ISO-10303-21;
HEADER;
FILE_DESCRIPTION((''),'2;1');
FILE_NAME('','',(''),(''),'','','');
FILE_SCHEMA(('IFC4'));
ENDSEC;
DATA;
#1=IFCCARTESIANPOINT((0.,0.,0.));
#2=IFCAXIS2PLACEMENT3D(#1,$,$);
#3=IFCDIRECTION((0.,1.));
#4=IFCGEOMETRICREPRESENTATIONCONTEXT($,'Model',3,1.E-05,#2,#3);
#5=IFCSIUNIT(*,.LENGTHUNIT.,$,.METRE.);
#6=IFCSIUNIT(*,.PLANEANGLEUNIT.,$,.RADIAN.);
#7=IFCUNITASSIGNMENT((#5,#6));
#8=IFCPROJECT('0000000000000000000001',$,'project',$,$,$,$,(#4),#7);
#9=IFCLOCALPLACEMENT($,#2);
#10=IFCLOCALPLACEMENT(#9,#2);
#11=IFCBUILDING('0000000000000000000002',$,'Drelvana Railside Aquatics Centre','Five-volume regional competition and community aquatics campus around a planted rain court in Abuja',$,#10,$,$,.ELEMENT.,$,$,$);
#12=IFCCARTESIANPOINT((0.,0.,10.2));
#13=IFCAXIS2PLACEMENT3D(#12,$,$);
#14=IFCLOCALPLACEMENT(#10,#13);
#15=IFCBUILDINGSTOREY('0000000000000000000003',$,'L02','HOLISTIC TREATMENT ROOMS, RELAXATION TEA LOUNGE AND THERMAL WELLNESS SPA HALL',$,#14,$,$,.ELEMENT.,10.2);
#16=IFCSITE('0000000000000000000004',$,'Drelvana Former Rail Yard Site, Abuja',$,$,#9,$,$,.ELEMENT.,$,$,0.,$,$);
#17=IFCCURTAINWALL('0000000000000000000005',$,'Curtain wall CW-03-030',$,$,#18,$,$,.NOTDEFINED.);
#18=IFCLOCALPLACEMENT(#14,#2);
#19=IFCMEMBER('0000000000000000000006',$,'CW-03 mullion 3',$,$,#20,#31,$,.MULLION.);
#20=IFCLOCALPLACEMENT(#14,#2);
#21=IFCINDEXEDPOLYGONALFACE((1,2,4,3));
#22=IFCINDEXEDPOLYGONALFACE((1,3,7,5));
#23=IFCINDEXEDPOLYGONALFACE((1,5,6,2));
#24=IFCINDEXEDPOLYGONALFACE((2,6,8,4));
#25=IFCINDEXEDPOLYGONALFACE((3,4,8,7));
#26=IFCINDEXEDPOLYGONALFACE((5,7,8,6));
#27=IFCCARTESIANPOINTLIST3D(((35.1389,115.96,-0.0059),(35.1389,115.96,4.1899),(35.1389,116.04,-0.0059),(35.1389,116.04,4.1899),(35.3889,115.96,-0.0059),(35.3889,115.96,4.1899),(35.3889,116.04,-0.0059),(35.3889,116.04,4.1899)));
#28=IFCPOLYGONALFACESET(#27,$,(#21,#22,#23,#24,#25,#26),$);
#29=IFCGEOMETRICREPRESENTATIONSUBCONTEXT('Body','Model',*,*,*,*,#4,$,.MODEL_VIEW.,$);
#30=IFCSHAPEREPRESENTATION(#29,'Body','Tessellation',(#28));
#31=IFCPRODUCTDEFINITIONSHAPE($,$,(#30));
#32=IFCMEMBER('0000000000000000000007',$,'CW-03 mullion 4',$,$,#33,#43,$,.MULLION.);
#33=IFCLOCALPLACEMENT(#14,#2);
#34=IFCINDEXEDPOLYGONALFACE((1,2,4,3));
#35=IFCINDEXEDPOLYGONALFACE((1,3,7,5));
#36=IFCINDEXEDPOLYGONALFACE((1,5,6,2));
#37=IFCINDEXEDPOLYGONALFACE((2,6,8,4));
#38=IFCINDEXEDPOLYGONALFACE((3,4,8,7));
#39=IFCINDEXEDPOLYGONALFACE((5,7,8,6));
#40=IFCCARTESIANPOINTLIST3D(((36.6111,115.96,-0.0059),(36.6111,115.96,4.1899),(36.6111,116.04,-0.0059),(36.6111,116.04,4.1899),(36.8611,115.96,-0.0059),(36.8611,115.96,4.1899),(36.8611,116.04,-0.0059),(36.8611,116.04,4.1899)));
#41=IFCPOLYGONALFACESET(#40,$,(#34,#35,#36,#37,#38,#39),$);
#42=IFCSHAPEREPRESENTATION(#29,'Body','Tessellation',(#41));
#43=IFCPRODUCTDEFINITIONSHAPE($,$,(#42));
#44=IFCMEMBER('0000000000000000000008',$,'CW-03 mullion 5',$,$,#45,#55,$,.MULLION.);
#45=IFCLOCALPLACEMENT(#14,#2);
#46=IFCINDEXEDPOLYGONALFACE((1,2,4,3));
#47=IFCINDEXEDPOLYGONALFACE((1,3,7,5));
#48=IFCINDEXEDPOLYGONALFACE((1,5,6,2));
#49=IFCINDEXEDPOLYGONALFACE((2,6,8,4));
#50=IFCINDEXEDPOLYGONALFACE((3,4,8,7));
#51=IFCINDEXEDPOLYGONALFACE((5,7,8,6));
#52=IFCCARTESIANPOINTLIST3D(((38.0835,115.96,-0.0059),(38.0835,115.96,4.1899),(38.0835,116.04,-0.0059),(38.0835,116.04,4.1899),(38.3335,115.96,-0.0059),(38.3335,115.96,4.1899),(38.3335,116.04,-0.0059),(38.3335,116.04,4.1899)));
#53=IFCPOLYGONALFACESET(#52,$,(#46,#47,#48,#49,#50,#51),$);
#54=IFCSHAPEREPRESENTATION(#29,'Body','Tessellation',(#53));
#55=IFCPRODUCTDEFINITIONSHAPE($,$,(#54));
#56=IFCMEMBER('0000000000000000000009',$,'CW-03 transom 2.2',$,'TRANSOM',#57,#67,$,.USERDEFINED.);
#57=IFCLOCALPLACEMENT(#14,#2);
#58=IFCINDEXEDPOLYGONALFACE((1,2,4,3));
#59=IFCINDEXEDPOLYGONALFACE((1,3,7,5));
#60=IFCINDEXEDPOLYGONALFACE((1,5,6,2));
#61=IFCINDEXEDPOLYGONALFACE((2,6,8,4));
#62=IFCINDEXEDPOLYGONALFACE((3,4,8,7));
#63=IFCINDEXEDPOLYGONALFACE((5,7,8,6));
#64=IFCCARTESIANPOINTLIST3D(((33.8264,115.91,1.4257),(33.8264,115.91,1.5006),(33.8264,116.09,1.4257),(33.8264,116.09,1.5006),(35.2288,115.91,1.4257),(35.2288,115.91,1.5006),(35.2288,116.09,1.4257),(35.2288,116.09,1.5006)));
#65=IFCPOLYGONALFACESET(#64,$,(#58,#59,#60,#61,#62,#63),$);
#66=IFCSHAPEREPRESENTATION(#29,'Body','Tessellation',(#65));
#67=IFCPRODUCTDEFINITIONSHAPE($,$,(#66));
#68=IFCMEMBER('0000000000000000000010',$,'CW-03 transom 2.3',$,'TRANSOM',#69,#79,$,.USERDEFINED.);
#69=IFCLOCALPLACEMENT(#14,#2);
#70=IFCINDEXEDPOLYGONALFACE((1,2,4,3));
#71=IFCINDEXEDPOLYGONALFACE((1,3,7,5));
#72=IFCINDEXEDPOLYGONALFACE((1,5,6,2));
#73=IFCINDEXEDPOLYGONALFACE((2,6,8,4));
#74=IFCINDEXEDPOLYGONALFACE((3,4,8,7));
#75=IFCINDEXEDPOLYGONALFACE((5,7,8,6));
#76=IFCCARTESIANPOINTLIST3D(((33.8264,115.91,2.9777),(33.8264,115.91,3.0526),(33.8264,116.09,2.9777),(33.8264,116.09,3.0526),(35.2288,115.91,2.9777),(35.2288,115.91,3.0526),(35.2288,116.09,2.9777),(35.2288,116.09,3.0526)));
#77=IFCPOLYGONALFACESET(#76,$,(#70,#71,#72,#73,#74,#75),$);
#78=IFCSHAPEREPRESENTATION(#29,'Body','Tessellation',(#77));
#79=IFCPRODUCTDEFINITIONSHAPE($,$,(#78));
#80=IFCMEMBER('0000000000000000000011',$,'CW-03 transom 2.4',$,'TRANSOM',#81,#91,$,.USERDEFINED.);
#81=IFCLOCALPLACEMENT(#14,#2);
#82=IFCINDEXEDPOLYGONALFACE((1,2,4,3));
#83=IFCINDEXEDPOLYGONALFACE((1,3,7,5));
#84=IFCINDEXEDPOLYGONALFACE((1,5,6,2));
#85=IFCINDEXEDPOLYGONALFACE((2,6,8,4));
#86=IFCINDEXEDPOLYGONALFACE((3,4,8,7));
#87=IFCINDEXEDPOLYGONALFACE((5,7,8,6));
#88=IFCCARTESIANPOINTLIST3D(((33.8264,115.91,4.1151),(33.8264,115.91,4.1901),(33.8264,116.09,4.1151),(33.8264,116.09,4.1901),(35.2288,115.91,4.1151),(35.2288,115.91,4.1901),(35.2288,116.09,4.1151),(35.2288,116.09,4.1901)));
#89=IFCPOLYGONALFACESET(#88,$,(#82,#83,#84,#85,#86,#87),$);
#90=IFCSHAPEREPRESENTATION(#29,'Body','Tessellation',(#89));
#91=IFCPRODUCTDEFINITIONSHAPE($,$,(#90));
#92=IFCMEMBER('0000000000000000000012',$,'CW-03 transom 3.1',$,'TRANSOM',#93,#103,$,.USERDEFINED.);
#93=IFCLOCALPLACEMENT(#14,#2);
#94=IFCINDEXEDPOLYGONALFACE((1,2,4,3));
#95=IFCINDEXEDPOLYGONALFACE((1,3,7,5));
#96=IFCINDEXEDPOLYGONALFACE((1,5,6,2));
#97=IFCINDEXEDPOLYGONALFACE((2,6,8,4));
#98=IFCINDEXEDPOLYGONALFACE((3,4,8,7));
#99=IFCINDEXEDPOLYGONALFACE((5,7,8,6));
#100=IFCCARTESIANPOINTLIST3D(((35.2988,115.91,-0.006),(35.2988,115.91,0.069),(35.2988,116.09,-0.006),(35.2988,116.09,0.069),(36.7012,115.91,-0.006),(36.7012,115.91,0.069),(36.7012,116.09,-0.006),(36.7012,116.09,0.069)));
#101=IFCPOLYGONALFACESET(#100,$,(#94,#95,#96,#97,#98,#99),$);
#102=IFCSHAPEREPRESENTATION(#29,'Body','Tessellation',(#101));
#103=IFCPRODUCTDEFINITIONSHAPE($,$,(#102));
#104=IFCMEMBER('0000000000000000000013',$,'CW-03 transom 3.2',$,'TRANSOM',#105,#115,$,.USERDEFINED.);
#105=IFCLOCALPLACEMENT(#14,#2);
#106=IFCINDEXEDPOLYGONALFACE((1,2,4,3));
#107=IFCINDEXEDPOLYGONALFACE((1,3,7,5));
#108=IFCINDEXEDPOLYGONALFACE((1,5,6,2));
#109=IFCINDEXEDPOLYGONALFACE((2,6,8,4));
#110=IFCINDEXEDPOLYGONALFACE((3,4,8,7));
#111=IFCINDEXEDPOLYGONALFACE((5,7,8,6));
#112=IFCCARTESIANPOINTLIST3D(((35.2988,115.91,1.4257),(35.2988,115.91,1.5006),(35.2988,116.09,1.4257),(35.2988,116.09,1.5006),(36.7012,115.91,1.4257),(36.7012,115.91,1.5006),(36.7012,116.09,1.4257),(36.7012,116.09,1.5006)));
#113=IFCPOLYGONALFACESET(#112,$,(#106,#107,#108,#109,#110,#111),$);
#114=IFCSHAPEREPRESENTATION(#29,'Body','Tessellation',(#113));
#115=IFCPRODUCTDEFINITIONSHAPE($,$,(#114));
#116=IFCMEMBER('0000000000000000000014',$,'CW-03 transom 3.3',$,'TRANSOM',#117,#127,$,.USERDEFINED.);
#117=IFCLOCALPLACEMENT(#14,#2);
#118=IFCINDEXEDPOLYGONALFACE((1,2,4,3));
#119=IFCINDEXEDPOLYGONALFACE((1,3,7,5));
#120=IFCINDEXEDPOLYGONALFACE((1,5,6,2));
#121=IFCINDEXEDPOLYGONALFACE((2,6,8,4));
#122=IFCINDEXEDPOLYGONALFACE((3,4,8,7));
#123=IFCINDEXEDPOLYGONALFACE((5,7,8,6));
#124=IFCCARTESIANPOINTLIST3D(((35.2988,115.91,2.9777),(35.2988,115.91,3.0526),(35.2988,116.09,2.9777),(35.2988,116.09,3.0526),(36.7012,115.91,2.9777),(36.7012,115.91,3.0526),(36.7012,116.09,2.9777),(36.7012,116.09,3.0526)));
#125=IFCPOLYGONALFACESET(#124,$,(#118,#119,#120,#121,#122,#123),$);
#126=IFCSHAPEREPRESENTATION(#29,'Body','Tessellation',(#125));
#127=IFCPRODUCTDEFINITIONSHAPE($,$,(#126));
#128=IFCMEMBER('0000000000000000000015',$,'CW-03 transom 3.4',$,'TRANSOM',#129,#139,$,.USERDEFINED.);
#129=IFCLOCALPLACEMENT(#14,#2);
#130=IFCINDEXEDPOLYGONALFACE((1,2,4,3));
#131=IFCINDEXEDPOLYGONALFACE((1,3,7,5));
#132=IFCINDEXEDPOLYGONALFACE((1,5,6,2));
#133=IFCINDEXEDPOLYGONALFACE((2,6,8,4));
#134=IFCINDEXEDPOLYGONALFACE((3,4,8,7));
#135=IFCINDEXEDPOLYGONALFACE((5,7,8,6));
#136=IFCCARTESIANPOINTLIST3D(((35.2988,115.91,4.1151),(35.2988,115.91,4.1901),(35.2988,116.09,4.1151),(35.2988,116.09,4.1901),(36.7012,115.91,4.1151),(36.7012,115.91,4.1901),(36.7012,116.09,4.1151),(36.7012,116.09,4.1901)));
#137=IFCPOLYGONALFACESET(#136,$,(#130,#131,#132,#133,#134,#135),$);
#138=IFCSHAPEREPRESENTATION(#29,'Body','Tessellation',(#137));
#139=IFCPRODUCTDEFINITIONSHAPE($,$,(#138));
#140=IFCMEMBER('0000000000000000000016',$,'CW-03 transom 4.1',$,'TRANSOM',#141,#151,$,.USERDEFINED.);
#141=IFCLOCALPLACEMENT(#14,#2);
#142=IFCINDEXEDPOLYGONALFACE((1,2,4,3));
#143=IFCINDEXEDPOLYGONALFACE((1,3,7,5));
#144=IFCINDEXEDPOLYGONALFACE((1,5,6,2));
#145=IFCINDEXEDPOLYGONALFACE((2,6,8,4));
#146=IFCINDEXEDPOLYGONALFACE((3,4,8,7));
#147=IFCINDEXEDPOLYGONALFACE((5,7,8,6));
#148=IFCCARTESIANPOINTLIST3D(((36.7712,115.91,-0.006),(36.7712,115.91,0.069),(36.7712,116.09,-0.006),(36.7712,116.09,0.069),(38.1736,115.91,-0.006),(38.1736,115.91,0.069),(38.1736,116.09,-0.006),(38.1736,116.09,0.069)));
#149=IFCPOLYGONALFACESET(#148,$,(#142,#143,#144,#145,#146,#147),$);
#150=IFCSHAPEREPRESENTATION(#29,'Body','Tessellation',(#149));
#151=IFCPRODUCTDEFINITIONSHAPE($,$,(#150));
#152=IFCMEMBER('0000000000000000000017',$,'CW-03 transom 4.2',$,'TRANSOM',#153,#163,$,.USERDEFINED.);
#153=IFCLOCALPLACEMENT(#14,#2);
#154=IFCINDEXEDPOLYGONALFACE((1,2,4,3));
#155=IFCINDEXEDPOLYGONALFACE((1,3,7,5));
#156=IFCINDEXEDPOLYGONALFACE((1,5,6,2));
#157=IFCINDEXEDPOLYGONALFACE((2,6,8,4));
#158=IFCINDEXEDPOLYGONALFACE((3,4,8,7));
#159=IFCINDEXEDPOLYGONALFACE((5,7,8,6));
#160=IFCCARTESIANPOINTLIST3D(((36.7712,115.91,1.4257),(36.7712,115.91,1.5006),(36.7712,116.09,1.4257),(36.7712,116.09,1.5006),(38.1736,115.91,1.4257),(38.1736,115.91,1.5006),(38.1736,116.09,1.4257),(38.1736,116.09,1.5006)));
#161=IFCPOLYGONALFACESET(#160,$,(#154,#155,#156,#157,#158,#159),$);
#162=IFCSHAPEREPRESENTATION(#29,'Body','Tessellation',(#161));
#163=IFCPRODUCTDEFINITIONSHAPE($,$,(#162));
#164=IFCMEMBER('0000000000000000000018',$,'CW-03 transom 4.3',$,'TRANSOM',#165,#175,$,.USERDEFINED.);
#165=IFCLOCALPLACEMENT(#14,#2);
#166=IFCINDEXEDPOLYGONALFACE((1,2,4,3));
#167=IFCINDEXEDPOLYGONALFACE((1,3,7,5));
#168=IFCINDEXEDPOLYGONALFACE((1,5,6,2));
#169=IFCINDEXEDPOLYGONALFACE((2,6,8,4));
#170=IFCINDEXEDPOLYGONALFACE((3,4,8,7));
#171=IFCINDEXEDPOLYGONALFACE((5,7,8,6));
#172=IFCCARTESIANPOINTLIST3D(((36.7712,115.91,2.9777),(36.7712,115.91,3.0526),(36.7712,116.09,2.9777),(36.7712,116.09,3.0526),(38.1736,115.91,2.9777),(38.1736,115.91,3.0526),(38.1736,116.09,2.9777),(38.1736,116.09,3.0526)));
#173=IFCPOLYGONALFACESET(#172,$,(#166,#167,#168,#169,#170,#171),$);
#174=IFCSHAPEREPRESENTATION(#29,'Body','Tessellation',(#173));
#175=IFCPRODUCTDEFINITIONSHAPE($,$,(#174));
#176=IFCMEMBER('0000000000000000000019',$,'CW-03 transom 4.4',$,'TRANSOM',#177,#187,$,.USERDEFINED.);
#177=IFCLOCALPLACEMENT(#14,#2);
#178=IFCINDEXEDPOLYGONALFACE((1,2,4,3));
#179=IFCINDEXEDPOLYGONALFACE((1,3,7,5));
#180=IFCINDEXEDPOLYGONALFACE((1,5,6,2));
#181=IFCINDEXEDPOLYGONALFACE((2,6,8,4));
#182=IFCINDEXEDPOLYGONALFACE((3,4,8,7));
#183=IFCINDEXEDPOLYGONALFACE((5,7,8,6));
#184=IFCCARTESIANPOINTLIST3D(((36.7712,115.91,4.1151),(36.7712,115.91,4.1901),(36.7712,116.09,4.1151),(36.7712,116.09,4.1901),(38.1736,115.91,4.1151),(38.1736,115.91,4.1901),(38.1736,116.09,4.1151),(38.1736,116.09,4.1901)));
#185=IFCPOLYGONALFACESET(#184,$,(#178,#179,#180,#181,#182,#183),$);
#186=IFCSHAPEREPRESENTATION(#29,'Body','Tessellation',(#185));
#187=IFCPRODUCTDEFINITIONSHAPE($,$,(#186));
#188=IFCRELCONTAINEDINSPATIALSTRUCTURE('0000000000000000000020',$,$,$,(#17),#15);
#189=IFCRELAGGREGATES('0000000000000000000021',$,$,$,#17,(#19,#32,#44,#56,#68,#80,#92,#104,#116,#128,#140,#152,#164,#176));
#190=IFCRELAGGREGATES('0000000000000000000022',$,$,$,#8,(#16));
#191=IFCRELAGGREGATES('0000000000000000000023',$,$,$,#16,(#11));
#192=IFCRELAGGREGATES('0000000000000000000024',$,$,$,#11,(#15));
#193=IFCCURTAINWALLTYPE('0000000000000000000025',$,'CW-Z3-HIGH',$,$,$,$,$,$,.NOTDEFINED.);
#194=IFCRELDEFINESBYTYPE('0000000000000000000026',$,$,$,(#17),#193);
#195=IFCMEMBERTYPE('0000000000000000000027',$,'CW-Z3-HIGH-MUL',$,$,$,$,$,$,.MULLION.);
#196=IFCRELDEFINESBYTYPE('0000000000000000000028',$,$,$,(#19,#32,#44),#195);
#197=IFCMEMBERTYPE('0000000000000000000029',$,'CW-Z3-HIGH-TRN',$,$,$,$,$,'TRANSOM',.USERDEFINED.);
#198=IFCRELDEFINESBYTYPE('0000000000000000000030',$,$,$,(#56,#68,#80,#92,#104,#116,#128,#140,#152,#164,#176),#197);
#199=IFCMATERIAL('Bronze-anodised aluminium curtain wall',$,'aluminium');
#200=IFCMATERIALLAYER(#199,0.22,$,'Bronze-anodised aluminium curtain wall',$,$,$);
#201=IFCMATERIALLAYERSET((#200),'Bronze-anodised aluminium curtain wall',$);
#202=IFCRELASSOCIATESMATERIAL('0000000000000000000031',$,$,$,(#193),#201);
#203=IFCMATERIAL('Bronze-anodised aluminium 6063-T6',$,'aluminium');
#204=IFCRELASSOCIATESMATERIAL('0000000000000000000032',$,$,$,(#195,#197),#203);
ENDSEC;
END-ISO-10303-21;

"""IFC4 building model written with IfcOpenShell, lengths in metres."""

from ifc_helpers import new_model, si_unit, direction, frame, origin, origin_2d, place, context, subcontext, project, spatial, rectangle, extrude, material, layer, layer_set, material_profile, profile_set, type_object, element, aggregate, save


model = new_model("IFC4")

# Units and contexts
model_context = context("Model", 3, precision=1e-05, world=origin(), true_north=direction((0.0, 1.0)))
body_context = subcontext(model_context, "Body", "Model", "MODEL_VIEW")
ifc_project = project(units=[si_unit("LENGTHUNIT", "METRE"), si_unit("PLANEANGLEUNIT", "RADIAN")], contexts=[model_context])

# Site, building, storey
site_placement = place(None, origin())
site = spatial("IfcSite", under=ifc_project, at=site_placement, Name="Drelvana Former Rail Yard Site, Abuja", CompositionType="ELEMENT", RefElevation=0.0)
building_placement = place(site_placement, origin())
building = spatial("IfcBuilding", under=site, at=building_placement, Name="Drelvana Railside Aquatics Centre", Description="Five-volume regional competition and community aquatics campus around a planted rain court in Abuja", CompositionType="ELEMENT")
storey_placement = place(building_placement, frame((0.0, 0.0, 10.2)))
storey = spatial("IfcBuildingStorey", under=building, at=storey_placement, Name="L02", Description="HOLISTIC TREATMENT ROOMS, RELAXATION TEA LOUNGE AND THERMAL WELLNESS SPA HALL", CompositionType="ELEMENT", Elevation=10.2)

# Curtain wall, members
ifc_material_1 = material(Name="Bronze-anodised aluminium curtain wall", Category="aluminium")
ifc_layer_1 = layer(ifc_material_1, 0.22, Name="Bronze-anodised aluminium curtain wall")
ifc_layer_set_1 = layer_set([ifc_layer_1], Name="Bronze-anodised aluminium curtain wall")
curtain_wall_type = type_object("IfcCurtainWallType", Name="CW-Z3-HIGH", PredefinedType="NOTDEFINED", material=ifc_layer_set_1)
curtain_wall_placement = place(storey_placement, origin())
curtain_wall = element("IfcCurtainWall", 1, at=curtain_wall_placement, inside=storey, type_object=curtain_wall_type, Name="Curtain wall CW-03-030", PredefinedType="NOTDEFINED")
ifc_material_2 = material(Name="Bronze-anodised aluminium 6063-T6", Category="aluminium")
ifc_material_profile_1 = material_profile(ifc_material_2, rectangle(XDim=0.0801, YDim=0.25, at=origin_2d()), Name="ALU-M 80x250")
ifc_profile_set_1 = profile_set([ifc_material_profile_1], Name="Bronze-anodised aluminium 6063-T6")
member_type_1 = type_object("IfcMemberType", Name="CW-Z3-HIGH-MUL", PredefinedType="MULLION", material=ifc_profile_set_1)
member_1_placement = place(storey_placement, frame((35.2639, 116.0, -0.0059), z_axis=(0.0, 0.0, 1.0), x_axis=(0.0, 1.0, 0.0)))
member_1 = element("IfcMember", 2, at=member_1_placement, type_object=member_type_1, Name="CW-03 mullion 3", PredefinedType="MULLION", context=body_context, shape_type="SweptSolid", body=[
    extrude(rectangle(XDim=0.0801, YDim=0.25, at=origin_2d()), origin(), (0.0, 0.0, 1.0), 4.1958),
])
member_2_placement = place(storey_placement, frame((36.7361, 116.0, -0.0059), z_axis=(0.0, 0.0, 1.0), x_axis=(0.0, 1.0, 0.0)))
member_2 = element("IfcMember", 3, at=member_2_placement, type_object=member_type_1, Name="CW-03 mullion 4", PredefinedType="MULLION", context=body_context, shape_type="SweptSolid", body=[
    extrude(rectangle(XDim=0.0801, YDim=0.25, at=origin_2d()), origin(), (0.0, 0.0, 1.0), 4.1958),
])
member_3_placement = place(storey_placement, frame((38.2085, 116.0, -0.0059), z_axis=(0.0, 0.0, 1.0), x_axis=(0.0, 1.0, 0.0)))
member_3 = element("IfcMember", 4, at=member_3_placement, type_object=member_type_1, Name="CW-03 mullion 5", PredefinedType="MULLION", context=body_context, shape_type="SweptSolid", body=[
    extrude(rectangle(XDim=0.0801, YDim=0.25, at=origin_2d()), origin(), (0.0, 0.0, 1.0), 4.1958),
])
ifc_material_profile_2 = material_profile(ifc_material_2, rectangle(XDim=0.1799, YDim=0.075, at=origin_2d()), Name="ALU-T 75x180")
ifc_profile_set_2 = profile_set([ifc_material_profile_2], Name="Bronze-anodised aluminium 6063-T6")
member_type_2 = type_object("IfcMemberType", Name="CW-Z3-HIGH-TRN", ElementType="TRANSOM", PredefinedType="USERDEFINED", material=ifc_profile_set_2)
member_4_placement = place(storey_placement, frame((33.8264, 116.0, 1.4631), z_axis=(1.0, 0.0, 0.0), x_axis=(0.0, 1.0, 0.0)))
member_4 = element("IfcMember", 5, at=member_4_placement, type_object=member_type_2, Name="CW-03 transom 2.2", ObjectType="TRANSOM", PredefinedType="USERDEFINED", context=body_context, shape_type="SweptSolid", body=[
    extrude(rectangle(XDim=0.1799, YDim=0.075, at=origin_2d()), origin(), (0.0, 0.0, 1.0), 1.4023),
])
member_5_placement = place(storey_placement, frame((33.8264, 116.0, 3.0151), z_axis=(1.0, 0.0, 0.0), x_axis=(0.0, 1.0, 0.0)))
member_5 = element("IfcMember", 6, at=member_5_placement, type_object=member_type_2, Name="CW-03 transom 2.3", ObjectType="TRANSOM", PredefinedType="USERDEFINED", context=body_context, shape_type="SweptSolid", body=[
    extrude(rectangle(XDim=0.1799, YDim=0.075, at=origin_2d()), origin(), (0.0, 0.0, 1.0), 1.4023),
])
member_6_placement = place(storey_placement, frame((33.8264, 116.0, 4.1526), z_axis=(1.0, 0.0, 0.0), x_axis=(0.0, 1.0, 0.0)))
member_6 = element("IfcMember", 7, at=member_6_placement, type_object=member_type_2, Name="CW-03 transom 2.4", ObjectType="TRANSOM", PredefinedType="USERDEFINED", context=body_context, shape_type="SweptSolid", body=[
    extrude(rectangle(XDim=0.1799, YDim=0.075, at=origin_2d()), origin(), (0.0, 0.0, 1.0), 1.4023),
])
member_7_placement = place(storey_placement, frame((35.2988, 116.0, 0.0315), z_axis=(1.0, 0.0, 0.0), x_axis=(0.0, 1.0, 0.0)))
member_7 = element("IfcMember", 8, at=member_7_placement, type_object=member_type_2, Name="CW-03 transom 3.1", ObjectType="TRANSOM", PredefinedType="USERDEFINED", context=body_context, shape_type="SweptSolid", body=[
    extrude(rectangle(XDim=0.1799, YDim=0.075, at=origin_2d()), origin(), (0.0, 0.0, 1.0), 1.4023),
])
member_8_placement = place(storey_placement, frame((35.2988, 116.0, 1.4631), z_axis=(1.0, 0.0, 0.0), x_axis=(0.0, 1.0, 0.0)))
member_8 = element("IfcMember", 9, at=member_8_placement, type_object=member_type_2, Name="CW-03 transom 3.2", ObjectType="TRANSOM", PredefinedType="USERDEFINED", context=body_context, shape_type="SweptSolid", body=[
    extrude(rectangle(XDim=0.1799, YDim=0.075, at=origin_2d()), origin(), (0.0, 0.0, 1.0), 1.4023),
])
member_9_placement = place(storey_placement, frame((35.2988, 116.0, 3.0151), z_axis=(1.0, 0.0, 0.0), x_axis=(0.0, 1.0, 0.0)))
member_9 = element("IfcMember", 10, at=member_9_placement, type_object=member_type_2, Name="CW-03 transom 3.3", ObjectType="TRANSOM", PredefinedType="USERDEFINED", context=body_context, shape_type="SweptSolid", body=[
    extrude(rectangle(XDim=0.1799, YDim=0.075, at=origin_2d()), origin(), (0.0, 0.0, 1.0), 1.4023),
])
member_10_placement = place(storey_placement, frame((35.2988, 116.0, 4.1526), z_axis=(1.0, 0.0, 0.0), x_axis=(0.0, 1.0, 0.0)))
member_10 = element("IfcMember", 11, at=member_10_placement, type_object=member_type_2, Name="CW-03 transom 3.4", ObjectType="TRANSOM", PredefinedType="USERDEFINED", context=body_context, shape_type="SweptSolid", body=[
    extrude(rectangle(XDim=0.1799, YDim=0.075, at=origin_2d()), origin(), (0.0, 0.0, 1.0), 1.4023),
])
member_11_placement = place(storey_placement, frame((36.7712, 116.0, 0.0315), z_axis=(1.0, 0.0, 0.0), x_axis=(0.0, 1.0, 0.0)))
member_11 = element("IfcMember", 12, at=member_11_placement, type_object=member_type_2, Name="CW-03 transom 4.1", ObjectType="TRANSOM", PredefinedType="USERDEFINED", context=body_context, shape_type="SweptSolid", body=[
    extrude(rectangle(XDim=0.1799, YDim=0.075, at=origin_2d()), origin(), (0.0, 0.0, 1.0), 1.4023),
])
member_12_placement = place(storey_placement, frame((36.7712, 116.0, 1.4631), z_axis=(1.0, 0.0, 0.0), x_axis=(0.0, 1.0, 0.0)))
member_12 = element("IfcMember", 13, at=member_12_placement, type_object=member_type_2, Name="CW-03 transom 4.2", ObjectType="TRANSOM", PredefinedType="USERDEFINED", context=body_context, shape_type="SweptSolid", body=[
    extrude(rectangle(XDim=0.1799, YDim=0.075, at=origin_2d()), origin(), (0.0, 0.0, 1.0), 1.4023),
])
member_13_placement = place(storey_placement, frame((36.7712, 116.0, 3.0151), z_axis=(1.0, 0.0, 0.0), x_axis=(0.0, 1.0, 0.0)))
member_13 = element("IfcMember", 14, at=member_13_placement, type_object=member_type_2, Name="CW-03 transom 4.3", ObjectType="TRANSOM", PredefinedType="USERDEFINED", context=body_context, shape_type="SweptSolid", body=[
    extrude(rectangle(XDim=0.1799, YDim=0.075, at=origin_2d()), origin(), (0.0, 0.0, 1.0), 1.4023),
])
member_14_placement = place(storey_placement, frame((36.7712, 116.0, 4.1526), z_axis=(1.0, 0.0, 0.0), x_axis=(0.0, 1.0, 0.0)))
member_14 = element("IfcMember", 15, at=member_14_placement, type_object=member_type_2, Name="CW-03 transom 4.4", ObjectType="TRANSOM", PredefinedType="USERDEFINED", context=body_context, shape_type="SweptSolid", body=[
    extrude(rectangle(XDim=0.1799, YDim=0.075, at=origin_2d()), origin(), (0.0, 0.0, 1.0), 1.4023),
])
aggregate(curtain_wall, [member_1, member_2, member_3, member_4, member_5, member_6, member_7, member_8, member_9, member_10, member_11, member_12, member_13, member_14])

save(model, "model.ifc")
